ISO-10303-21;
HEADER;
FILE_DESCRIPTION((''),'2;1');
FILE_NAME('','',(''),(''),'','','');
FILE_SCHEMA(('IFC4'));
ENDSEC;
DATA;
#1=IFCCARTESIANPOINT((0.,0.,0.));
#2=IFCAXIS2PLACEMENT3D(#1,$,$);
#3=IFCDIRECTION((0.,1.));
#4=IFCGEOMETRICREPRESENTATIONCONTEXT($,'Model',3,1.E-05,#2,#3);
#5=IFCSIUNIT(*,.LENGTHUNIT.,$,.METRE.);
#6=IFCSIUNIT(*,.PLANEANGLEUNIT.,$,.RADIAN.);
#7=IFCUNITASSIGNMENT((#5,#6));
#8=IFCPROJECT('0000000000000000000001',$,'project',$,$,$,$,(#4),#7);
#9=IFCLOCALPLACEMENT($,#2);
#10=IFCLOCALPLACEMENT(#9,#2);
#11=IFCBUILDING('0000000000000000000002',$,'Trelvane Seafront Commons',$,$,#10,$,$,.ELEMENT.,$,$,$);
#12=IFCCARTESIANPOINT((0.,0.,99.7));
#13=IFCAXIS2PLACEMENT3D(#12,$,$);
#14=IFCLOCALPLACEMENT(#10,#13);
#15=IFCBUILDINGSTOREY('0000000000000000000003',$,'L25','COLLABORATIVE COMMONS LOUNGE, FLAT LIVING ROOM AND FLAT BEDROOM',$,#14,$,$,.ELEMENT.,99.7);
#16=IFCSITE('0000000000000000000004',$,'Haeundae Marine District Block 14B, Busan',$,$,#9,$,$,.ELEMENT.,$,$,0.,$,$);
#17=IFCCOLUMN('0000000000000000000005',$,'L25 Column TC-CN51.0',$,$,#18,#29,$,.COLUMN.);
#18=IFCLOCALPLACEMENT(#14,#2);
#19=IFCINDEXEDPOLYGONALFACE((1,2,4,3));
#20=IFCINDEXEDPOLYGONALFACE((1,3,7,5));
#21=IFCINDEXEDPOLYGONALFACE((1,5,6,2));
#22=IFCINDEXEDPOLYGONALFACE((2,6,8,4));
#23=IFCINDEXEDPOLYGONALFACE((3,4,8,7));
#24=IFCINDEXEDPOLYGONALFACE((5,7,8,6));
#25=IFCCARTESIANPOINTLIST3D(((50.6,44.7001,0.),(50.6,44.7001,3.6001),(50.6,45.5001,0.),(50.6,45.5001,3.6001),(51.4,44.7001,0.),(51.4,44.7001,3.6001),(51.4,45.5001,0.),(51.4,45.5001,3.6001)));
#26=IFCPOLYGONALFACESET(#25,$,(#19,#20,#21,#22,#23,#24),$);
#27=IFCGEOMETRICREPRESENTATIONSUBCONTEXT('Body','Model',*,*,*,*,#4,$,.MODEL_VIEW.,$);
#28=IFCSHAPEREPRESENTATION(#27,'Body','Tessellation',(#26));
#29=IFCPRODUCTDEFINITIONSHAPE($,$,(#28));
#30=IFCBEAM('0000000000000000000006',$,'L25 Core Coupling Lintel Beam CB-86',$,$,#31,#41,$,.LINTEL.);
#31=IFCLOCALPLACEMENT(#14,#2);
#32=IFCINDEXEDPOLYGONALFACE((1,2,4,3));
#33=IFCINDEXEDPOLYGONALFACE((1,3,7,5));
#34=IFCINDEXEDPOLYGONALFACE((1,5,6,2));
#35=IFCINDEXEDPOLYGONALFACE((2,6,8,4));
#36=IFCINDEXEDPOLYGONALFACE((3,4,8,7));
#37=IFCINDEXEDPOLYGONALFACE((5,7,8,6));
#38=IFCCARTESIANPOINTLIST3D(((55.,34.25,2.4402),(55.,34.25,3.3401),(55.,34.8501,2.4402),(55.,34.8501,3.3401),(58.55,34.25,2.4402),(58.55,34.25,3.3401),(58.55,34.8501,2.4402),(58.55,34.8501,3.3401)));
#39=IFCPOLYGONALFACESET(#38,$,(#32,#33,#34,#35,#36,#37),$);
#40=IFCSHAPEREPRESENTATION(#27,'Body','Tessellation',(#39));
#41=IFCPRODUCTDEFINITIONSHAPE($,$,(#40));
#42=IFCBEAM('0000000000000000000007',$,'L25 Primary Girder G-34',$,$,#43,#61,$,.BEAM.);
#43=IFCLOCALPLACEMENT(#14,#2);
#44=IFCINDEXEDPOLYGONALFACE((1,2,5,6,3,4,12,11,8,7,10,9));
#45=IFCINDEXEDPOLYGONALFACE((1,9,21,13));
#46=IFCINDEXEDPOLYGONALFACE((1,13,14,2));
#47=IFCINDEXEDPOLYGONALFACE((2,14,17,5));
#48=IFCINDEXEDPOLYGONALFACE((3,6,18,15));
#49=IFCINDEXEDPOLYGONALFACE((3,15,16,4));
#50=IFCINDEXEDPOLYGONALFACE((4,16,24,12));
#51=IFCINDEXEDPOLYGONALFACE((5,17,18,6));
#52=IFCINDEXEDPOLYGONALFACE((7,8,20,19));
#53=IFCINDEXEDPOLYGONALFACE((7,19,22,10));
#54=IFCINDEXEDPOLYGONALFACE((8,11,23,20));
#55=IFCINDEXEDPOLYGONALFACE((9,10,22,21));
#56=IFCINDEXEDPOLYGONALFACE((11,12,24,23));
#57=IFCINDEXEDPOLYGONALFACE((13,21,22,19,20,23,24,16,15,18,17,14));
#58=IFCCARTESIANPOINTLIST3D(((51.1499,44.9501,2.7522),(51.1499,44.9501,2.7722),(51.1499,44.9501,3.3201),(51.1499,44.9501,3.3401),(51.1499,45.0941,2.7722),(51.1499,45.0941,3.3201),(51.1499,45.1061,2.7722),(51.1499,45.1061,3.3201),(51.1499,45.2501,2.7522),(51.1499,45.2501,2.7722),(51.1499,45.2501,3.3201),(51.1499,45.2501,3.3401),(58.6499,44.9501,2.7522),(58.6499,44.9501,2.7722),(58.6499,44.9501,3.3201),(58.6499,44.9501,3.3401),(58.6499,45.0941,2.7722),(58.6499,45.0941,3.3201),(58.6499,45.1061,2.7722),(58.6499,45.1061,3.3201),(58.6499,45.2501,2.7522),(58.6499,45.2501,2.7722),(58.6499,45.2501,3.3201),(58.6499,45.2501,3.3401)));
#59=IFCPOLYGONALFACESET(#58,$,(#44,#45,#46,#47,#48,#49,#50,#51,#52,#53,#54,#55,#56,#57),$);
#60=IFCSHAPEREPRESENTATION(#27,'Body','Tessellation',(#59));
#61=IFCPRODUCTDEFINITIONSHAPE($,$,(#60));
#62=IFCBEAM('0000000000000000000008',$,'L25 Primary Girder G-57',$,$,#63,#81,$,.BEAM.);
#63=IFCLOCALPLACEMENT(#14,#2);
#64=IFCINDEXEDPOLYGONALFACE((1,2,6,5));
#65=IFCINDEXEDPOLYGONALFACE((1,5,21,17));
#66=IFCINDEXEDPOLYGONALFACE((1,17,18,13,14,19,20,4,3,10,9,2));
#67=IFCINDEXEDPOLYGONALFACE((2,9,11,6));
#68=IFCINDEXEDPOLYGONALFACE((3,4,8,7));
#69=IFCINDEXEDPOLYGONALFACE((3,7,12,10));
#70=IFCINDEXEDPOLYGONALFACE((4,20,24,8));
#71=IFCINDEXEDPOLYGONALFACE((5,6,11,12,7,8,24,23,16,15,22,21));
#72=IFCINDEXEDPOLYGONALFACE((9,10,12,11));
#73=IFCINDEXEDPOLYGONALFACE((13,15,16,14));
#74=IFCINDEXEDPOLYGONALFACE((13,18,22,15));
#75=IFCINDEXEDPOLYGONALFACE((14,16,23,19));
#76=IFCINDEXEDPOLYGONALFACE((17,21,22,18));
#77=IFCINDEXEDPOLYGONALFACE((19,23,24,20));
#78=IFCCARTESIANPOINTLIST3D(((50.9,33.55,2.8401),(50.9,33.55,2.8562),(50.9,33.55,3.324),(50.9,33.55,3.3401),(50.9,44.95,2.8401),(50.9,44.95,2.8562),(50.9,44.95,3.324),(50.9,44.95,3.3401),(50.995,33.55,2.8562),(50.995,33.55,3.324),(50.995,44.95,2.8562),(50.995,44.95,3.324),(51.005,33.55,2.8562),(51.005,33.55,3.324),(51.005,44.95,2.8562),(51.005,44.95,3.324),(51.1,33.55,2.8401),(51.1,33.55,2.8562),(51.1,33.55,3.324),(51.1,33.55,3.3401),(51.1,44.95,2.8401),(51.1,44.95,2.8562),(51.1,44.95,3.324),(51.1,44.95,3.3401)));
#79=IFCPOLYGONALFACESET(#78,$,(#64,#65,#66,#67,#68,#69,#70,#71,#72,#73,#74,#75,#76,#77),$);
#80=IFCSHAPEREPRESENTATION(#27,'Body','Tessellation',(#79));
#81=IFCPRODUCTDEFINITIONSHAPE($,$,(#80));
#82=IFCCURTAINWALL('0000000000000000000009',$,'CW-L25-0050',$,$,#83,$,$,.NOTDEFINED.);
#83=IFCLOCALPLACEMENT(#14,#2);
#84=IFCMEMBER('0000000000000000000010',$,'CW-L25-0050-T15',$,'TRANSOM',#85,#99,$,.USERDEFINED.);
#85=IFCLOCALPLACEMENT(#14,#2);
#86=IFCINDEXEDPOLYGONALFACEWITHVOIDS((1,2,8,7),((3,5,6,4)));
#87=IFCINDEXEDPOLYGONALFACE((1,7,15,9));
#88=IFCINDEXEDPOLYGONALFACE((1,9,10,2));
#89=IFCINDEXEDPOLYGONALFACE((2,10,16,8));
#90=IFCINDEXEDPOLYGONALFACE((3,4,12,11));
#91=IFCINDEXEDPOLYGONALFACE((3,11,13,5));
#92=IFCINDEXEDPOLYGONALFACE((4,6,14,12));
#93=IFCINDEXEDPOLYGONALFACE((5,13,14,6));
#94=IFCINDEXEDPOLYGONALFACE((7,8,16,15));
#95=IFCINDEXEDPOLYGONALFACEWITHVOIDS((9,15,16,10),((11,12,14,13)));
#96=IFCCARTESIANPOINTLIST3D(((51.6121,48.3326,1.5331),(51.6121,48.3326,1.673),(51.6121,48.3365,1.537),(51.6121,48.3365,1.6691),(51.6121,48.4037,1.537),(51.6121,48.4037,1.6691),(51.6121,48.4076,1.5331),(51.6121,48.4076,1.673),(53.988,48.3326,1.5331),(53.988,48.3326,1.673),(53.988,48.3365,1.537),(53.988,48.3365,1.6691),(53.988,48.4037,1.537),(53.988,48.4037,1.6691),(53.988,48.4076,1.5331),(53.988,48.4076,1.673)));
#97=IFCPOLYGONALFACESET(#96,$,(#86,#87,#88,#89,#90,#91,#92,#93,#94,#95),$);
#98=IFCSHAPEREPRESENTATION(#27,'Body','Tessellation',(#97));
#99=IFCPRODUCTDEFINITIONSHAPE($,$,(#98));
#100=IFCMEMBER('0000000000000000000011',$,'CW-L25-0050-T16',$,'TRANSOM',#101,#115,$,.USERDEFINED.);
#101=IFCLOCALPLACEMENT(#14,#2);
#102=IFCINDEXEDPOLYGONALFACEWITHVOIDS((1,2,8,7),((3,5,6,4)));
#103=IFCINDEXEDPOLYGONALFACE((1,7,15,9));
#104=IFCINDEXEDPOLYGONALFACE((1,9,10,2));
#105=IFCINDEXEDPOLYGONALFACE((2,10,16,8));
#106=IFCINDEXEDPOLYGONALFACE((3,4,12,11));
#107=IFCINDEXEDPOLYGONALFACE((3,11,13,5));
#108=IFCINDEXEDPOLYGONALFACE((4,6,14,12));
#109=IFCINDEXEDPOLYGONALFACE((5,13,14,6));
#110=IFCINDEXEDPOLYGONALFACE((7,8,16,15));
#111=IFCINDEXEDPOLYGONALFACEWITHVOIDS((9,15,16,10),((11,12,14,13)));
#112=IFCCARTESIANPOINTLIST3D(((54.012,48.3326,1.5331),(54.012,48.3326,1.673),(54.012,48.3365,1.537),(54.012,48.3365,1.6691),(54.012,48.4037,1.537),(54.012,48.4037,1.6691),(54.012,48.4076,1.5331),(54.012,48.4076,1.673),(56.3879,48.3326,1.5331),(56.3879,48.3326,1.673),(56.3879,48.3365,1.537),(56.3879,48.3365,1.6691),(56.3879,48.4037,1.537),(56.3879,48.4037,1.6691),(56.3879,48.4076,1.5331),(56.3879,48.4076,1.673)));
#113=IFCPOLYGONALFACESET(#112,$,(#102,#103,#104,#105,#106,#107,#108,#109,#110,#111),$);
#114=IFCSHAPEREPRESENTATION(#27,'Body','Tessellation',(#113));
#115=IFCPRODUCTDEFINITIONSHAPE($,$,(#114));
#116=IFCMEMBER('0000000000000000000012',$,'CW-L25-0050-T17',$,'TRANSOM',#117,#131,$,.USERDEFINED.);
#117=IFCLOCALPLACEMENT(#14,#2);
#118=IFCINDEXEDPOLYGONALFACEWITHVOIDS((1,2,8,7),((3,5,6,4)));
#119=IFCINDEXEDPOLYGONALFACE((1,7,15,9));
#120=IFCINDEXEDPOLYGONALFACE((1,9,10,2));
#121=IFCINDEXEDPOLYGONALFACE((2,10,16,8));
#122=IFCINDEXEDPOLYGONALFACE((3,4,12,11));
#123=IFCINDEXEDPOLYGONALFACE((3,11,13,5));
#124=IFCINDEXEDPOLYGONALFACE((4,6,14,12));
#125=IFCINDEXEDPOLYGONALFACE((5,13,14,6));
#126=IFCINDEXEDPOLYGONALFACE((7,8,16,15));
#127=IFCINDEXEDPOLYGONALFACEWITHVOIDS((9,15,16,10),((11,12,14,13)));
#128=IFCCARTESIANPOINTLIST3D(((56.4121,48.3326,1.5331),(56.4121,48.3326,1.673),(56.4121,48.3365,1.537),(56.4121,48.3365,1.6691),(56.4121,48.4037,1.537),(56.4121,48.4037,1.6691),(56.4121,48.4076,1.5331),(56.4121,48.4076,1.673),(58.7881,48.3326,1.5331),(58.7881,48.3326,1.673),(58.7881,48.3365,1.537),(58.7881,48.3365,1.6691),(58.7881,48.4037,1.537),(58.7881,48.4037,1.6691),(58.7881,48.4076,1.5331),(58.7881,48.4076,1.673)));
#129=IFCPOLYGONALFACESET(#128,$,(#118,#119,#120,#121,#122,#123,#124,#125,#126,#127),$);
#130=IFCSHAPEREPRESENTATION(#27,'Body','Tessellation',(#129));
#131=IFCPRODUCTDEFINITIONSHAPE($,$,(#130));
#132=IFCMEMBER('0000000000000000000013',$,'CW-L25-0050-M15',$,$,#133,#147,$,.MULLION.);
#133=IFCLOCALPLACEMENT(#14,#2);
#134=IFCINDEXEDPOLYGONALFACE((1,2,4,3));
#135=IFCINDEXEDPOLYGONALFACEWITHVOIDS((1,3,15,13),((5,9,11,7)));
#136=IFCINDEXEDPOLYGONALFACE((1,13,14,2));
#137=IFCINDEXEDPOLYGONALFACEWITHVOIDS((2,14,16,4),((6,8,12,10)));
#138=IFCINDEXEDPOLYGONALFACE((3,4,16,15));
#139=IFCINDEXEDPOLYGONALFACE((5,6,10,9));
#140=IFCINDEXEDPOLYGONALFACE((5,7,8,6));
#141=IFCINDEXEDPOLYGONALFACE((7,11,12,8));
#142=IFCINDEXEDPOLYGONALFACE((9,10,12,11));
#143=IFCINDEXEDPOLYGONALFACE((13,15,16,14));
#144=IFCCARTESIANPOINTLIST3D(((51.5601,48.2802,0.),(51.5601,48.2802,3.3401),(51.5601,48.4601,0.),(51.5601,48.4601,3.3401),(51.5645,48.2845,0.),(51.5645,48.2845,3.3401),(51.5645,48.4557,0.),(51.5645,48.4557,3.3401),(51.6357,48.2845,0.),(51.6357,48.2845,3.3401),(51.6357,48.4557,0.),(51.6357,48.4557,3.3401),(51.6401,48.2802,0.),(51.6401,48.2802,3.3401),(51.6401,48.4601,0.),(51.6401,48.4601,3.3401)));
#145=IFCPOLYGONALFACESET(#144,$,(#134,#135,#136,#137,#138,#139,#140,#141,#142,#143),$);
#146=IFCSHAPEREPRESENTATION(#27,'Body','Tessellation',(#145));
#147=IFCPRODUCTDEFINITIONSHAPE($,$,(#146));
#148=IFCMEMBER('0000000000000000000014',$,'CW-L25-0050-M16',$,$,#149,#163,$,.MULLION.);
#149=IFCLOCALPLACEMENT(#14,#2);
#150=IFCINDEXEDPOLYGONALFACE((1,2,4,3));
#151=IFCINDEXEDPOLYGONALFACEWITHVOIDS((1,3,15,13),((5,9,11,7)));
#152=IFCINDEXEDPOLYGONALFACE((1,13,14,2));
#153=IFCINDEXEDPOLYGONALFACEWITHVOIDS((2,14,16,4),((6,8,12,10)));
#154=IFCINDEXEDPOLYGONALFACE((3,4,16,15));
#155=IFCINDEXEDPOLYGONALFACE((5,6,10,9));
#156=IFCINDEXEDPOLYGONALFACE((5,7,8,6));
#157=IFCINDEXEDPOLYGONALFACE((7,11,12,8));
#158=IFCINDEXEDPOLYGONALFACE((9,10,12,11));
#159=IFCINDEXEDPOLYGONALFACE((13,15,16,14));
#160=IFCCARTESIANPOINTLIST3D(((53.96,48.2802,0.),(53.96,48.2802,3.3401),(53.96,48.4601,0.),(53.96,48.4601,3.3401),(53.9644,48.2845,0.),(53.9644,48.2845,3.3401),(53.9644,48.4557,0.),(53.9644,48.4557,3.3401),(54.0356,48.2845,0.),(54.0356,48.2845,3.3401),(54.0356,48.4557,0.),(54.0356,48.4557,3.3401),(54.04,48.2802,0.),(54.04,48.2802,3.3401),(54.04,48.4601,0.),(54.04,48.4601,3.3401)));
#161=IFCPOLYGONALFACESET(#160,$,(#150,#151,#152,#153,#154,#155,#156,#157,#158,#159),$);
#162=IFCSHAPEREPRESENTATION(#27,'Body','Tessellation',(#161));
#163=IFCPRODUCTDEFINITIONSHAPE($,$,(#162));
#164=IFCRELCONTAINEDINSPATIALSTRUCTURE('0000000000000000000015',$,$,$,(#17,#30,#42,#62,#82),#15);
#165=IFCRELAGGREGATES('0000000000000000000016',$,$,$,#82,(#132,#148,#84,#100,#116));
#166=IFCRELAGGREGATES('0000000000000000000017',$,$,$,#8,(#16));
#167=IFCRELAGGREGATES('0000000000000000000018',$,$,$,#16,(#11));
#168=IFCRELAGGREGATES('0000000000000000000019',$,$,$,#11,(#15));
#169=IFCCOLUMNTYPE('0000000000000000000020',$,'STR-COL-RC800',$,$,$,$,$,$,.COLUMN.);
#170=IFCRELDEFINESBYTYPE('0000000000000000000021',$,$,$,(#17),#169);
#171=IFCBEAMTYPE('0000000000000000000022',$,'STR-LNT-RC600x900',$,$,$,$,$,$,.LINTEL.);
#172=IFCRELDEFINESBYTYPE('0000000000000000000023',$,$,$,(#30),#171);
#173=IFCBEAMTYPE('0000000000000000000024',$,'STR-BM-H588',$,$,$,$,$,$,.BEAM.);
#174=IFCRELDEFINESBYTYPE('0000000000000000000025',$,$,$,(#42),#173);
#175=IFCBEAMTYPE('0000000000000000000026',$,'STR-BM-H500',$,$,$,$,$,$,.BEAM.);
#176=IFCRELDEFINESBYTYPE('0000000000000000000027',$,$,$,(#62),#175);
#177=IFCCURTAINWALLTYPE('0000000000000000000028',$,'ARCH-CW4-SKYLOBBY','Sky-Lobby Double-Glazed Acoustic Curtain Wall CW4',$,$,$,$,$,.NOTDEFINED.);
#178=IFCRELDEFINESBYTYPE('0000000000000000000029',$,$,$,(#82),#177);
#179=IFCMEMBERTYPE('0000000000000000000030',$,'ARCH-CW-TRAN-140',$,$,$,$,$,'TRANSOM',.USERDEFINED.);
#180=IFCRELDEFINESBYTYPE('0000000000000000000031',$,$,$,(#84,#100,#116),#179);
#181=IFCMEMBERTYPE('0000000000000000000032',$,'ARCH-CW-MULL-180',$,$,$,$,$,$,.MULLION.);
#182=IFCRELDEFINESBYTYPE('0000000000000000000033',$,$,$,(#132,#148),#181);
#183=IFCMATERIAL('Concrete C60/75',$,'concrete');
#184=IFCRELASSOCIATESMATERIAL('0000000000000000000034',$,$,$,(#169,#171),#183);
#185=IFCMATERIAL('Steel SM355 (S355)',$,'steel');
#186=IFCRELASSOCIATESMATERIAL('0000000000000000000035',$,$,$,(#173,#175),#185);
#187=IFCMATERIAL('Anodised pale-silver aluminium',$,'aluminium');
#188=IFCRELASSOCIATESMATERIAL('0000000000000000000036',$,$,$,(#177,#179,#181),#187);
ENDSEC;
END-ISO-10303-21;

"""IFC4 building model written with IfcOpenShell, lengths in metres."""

from ifc_helpers import new_model, si_unit, direction, frame, origin, origin_2d, place, context, subcontext, project, spatial, rectangle, hollow_rectangle, i_section, extrude, source, transform, mapped, material, material_profile, profile_set, type_object, element, aggregate, save


model = new_model("IFC4")

# Units and contexts
model_context = context("Model", 3, precision=1e-05, world=origin(), true_north=direction((0.0, 1.0)))
body_context = subcontext(model_context, "Body", "Model", "MODEL_VIEW")
ifc_project = project(units=[si_unit("LENGTHUNIT", "METRE"), si_unit("PLANEANGLEUNIT", "RADIAN")], contexts=[model_context])

# Site, building, storey
site_placement = place(None, origin())
site = spatial("IfcSite", under=ifc_project, at=site_placement, Name="Haeundae Marine District Block 14B, Busan", CompositionType="ELEMENT", RefElevation=0.0)
building_placement = place(site_placement, origin())
building = spatial("IfcBuilding", under=site, at=building_placement, Name="Trelvane Seafront Commons", CompositionType="ELEMENT")
storey_placement = place(building_placement, frame((0.0, 0.0, 99.7)))
storey = spatial("IfcBuildingStorey", under=building, at=storey_placement, Name="L25", Description="COLLABORATIVE COMMONS LOUNGE, FLAT LIVING ROOM AND FLAT BEDROOM", CompositionType="ELEMENT", Elevation=99.7)

# Column
ifc_material_1 = material(Name="Concrete C60/75", Category="concrete")
ifc_material_profile_1 = material_profile(ifc_material_1, rectangle(XDim=0.8, YDim=0.8, at=origin_2d()), Name="RC-800x800")
ifc_profile_set_1 = profile_set([ifc_material_profile_1], Name="Concrete C60/75")
column_type = type_object("IfcColumnType", Name="STR-COL-RC800", PredefinedType="COLUMN", material=ifc_profile_set_1)
shared_shape_1 = source(origin(), body_context, "Body", "SweptSolid", [
    extrude(rectangle(XDim=0.8, YDim=0.8, at=origin_2d()), origin(), (0.0, 0.0, 1.0), 3.6001),
])
column_placement = place(storey_placement, frame((51.0, 45.1001, 0.0), z_axis=(0.0, 0.0, 1.0), x_axis=(1.0, 0.0, 0.0)))
element("IfcColumn", 1, at=column_placement, inside=storey, type_object=column_type, Name="L25 Column TC-CN51.0", PredefinedType="COLUMN", context=body_context, shape_type="MappedRepresentation", body=[
    mapped(shared_shape_1, transform((0.0, 0.0, 0.0), x_axis=(1.0, 0.0, 0.0), y_axis=(0.0, 1.0, 0.0), z_axis=(0.0, 0.0, 1.0), scale=1.0)),
])

# Beams
ifc_material_profile_2 = material_profile(ifc_material_1, rectangle(XDim=0.6001, YDim=0.8999, at=origin_2d()), Name="RC-600x900")
ifc_profile_set_2 = profile_set([ifc_material_profile_2], Name="Concrete C60/75")
beam_type_1 = type_object("IfcBeamType", Name="STR-LNT-RC600x900", PredefinedType="LINTEL", material=ifc_profile_set_2)
shared_shape_2 = source(origin(), body_context, "Body", "SweptSolid", [
    extrude(rectangle(XDim=0.6001, YDim=0.8999, at=origin_2d()), origin(), (0.0, 0.0, 1.0), 3.55),
])
beam_1_placement = place(storey_placement, frame((55.0, 34.55, 2.8901), z_axis=(1.0, 0.0, 0.0), x_axis=(0.0, 1.0, 0.0)))
element("IfcBeam", 2, at=beam_1_placement, inside=storey, type_object=beam_type_1, Name="L25 Core Coupling Lintel Beam CB-86", PredefinedType="LINTEL", context=body_context, shape_type="MappedRepresentation", body=[
    mapped(shared_shape_2, transform((0.0, 0.0, 0.0), x_axis=(1.0, 0.0, 0.0), y_axis=(0.0, 1.0, 0.0), z_axis=(0.0, 0.0, 1.0), scale=1.0)),
])
ifc_material_2 = material(Name="Steel SM355 (S355)", Category="steel")
ifc_material_profile_3 = material_profile(ifc_material_2, i_section(OverallWidth=0.3, OverallDepth=0.5879, WebThickness=0.012, FlangeThickness=0.02, at=origin_2d()), Name="H-588x300x12x20")
ifc_profile_set_3 = profile_set([ifc_material_profile_3], Name="Steel SM355 (S355)")
beam_type_2 = type_object("IfcBeamType", Name="STR-BM-H588", PredefinedType="BEAM", material=ifc_profile_set_3)
shared_shape_3 = source(origin(), body_context, "Body", "SweptSolid", [
    extrude(i_section(OverallWidth=0.3, OverallDepth=0.5879, WebThickness=0.012, FlangeThickness=0.02, at=origin_2d()), origin(), (0.0, 0.0, 1.0), 7.5),
])
beam_2_placement = place(storey_placement, frame((51.1499, 45.1001, 3.0461), z_axis=(1.0, 0.0, 0.0), x_axis=(0.0, 1.0, 0.0)))
element("IfcBeam", 3, at=beam_2_placement, inside=storey, type_object=beam_type_2, Name="L25 Primary Girder G-34", PredefinedType="BEAM", context=body_context, shape_type="MappedRepresentation", body=[
    mapped(shared_shape_3, transform((0.0, 0.0, 0.0), x_axis=(1.0, 0.0, 0.0), y_axis=(0.0, 1.0, 0.0), z_axis=(0.0, 0.0, 1.0), scale=1.0)),
])
ifc_material_profile_4 = material_profile(ifc_material_2, i_section(OverallWidth=0.2, OverallDepth=0.5, WebThickness=0.01, FlangeThickness=0.0161, at=origin_2d()), Name="H-500x200x10x16")
ifc_profile_set_4 = profile_set([ifc_material_profile_4], Name="Steel SM355 (S355)")
beam_type_3 = type_object("IfcBeamType", Name="STR-BM-H500", PredefinedType="BEAM", material=ifc_profile_set_4)
shared_shape_4 = source(origin(), body_context, "Body", "SweptSolid", [
    extrude(i_section(OverallWidth=0.2, OverallDepth=0.5, WebThickness=0.01, FlangeThickness=0.0161, at=origin_2d()), origin(), (0.0, 0.0, 1.0), 11.3999),
])
beam_3_placement = place(storey_placement, frame((51.0, 33.55, 3.0901), z_axis=(0.0, 1.0, 0.0), x_axis=(-1.0, 0.0, 0.0)))
element("IfcBeam", 4, at=beam_3_placement, inside=storey, type_object=beam_type_3, Name="L25 Primary Girder G-57", PredefinedType="BEAM", context=body_context, shape_type="MappedRepresentation", body=[
    mapped(shared_shape_4, transform((0.0, 0.0, 0.0), x_axis=(1.0, 0.0, 0.0), y_axis=(0.0, 1.0, 0.0), z_axis=(0.0, 0.0, 1.0), scale=1.0)),
])

# Curtain wall, members
ifc_material_3 = material(Name="Anodised pale-silver aluminium", Category="aluminium")
curtain_wall_type = type_object("IfcCurtainWallType", Name="ARCH-CW4-SKYLOBBY", Description="Sky-Lobby Double-Glazed Acoustic Curtain Wall CW4", PredefinedType="NOTDEFINED", material=ifc_material_3)
curtain_wall_placement = place(storey_placement, origin())
curtain_wall = element("IfcCurtainWall", 5, at=curtain_wall_placement, inside=storey, type_object=curtain_wall_type, Name="CW-L25-0050", PredefinedType="NOTDEFINED")
ifc_material_profile_5 = material_profile(ifc_material_3, hollow_rectangle(XDim=0.075, YDim=0.1399, WallThickness=0.0039, at=origin_2d()), Name="TRAN-75x140x4")
ifc_profile_set_5 = profile_set([ifc_material_profile_5], Name="Anodised pale-silver aluminium")
member_type_1 = type_object("IfcMemberType", Name="ARCH-CW-TRAN-140", ElementType="TRANSOM", PredefinedType="USERDEFINED", material=ifc_profile_set_5)
shared_shape_5 = source(origin(), body_context, "Body", "SweptSolid", [
    extrude(hollow_rectangle(XDim=0.075, YDim=0.1399, WallThickness=0.0039, at=origin_2d()), origin(), (0.0, 0.0, 1.0), 2.376),
])
member_1_placement = place(storey_placement, frame((51.6121, 48.3701, 1.603), z_axis=(1.0, 0.0, 0.0), x_axis=(0.0, 1.0, 0.0)))
member_1 = element("IfcMember", 6, at=member_1_placement, type_object=member_type_1, Name="CW-L25-0050-T15", ObjectType="TRANSOM", PredefinedType="USERDEFINED", context=body_context, shape_type="MappedRepresentation", body=[
    mapped(shared_shape_5, transform((0.0, 0.0, 0.0), x_axis=(1.0, 0.0, 0.0), y_axis=(0.0, 1.0, 0.0), z_axis=(0.0, 0.0, 1.0), scale=1.0)),
])
member_2_placement = place(storey_placement, frame((54.012, 48.3701, 1.603), z_axis=(1.0, 0.0, 0.0), x_axis=(0.0, 1.0, 0.0)))
member_2 = element("IfcMember", 7, at=member_2_placement, type_object=member_type_1, Name="CW-L25-0050-T16", ObjectType="TRANSOM", PredefinedType="USERDEFINED", context=body_context, shape_type="MappedRepresentation", body=[
    mapped(shared_shape_5, transform((0.0, 0.0, 0.0), x_axis=(1.0, 0.0, 0.0), y_axis=(0.0, 1.0, 0.0), z_axis=(0.0, 0.0, 1.0), scale=1.0)),
])
member_3_placement = place(storey_placement, frame((56.4121, 48.3701, 1.603), z_axis=(1.0, 0.0, 0.0), x_axis=(0.0, 1.0, 0.0)))
member_3 = element("IfcMember", 8, at=member_3_placement, type_object=member_type_1, Name="CW-L25-0050-T17", ObjectType="TRANSOM", PredefinedType="USERDEFINED", context=body_context, shape_type="MappedRepresentation", body=[
    mapped(shared_shape_5, transform((0.0, 0.0, 0.0), x_axis=(1.0, 0.0, 0.0), y_axis=(0.0, 1.0, 0.0), z_axis=(0.0, 0.0, 1.0), scale=1.0)),
])
ifc_material_profile_6 = material_profile(ifc_material_3, hollow_rectangle(XDim=0.0801, YDim=0.1799, WallThickness=0.0044, at=origin_2d()), Name="MULL-80x180x4.5")
ifc_profile_set_6 = profile_set([ifc_material_profile_6], Name="Anodised pale-silver aluminium")
member_type_2 = type_object("IfcMemberType", Name="ARCH-CW-MULL-180", PredefinedType="MULLION", material=ifc_profile_set_6)
shared_shape_6 = source(origin(), body_context, "Body", "SweptSolid", [
    extrude(hollow_rectangle(XDim=0.0801, YDim=0.1799, WallThickness=0.0044, at=origin_2d()), origin(), (0.0, 0.0, 1.0), 3.3401),
])
member_4_placement = place(storey_placement, frame((51.6001, 48.3701, 0.0), z_axis=(0.0, 0.0, 1.0), x_axis=(1.0, 0.0, 0.0)))
member_4 = element("IfcMember", 9, at=member_4_placement, type_object=member_type_2, Name="CW-L25-0050-M15", PredefinedType="MULLION", context=body_context, shape_type="MappedRepresentation", body=[
    mapped(shared_shape_6, transform((0.0, 0.0, 0.0), x_axis=(1.0, 0.0, 0.0), y_axis=(0.0, 1.0, 0.0), z_axis=(0.0, 0.0, 1.0), scale=1.0)),
])
member_5_placement = place(storey_placement, frame((54.0, 48.3701, 0.0), z_axis=(0.0, 0.0, 1.0), x_axis=(1.0, 0.0, 0.0)))
member_5 = element("IfcMember", 10, at=member_5_placement, type_object=member_type_2, Name="CW-L25-0050-M16", PredefinedType="MULLION", context=body_context, shape_type="MappedRepresentation", body=[
    mapped(shared_shape_6, transform((0.0, 0.0, 0.0), x_axis=(1.0, 0.0, 0.0), y_axis=(0.0, 1.0, 0.0), z_axis=(0.0, 0.0, 1.0), scale=1.0)),
])

aggregate(curtain_wall, [member_4, member_5, member_1, member_2, member_3])

save(model, "model.ifc")
